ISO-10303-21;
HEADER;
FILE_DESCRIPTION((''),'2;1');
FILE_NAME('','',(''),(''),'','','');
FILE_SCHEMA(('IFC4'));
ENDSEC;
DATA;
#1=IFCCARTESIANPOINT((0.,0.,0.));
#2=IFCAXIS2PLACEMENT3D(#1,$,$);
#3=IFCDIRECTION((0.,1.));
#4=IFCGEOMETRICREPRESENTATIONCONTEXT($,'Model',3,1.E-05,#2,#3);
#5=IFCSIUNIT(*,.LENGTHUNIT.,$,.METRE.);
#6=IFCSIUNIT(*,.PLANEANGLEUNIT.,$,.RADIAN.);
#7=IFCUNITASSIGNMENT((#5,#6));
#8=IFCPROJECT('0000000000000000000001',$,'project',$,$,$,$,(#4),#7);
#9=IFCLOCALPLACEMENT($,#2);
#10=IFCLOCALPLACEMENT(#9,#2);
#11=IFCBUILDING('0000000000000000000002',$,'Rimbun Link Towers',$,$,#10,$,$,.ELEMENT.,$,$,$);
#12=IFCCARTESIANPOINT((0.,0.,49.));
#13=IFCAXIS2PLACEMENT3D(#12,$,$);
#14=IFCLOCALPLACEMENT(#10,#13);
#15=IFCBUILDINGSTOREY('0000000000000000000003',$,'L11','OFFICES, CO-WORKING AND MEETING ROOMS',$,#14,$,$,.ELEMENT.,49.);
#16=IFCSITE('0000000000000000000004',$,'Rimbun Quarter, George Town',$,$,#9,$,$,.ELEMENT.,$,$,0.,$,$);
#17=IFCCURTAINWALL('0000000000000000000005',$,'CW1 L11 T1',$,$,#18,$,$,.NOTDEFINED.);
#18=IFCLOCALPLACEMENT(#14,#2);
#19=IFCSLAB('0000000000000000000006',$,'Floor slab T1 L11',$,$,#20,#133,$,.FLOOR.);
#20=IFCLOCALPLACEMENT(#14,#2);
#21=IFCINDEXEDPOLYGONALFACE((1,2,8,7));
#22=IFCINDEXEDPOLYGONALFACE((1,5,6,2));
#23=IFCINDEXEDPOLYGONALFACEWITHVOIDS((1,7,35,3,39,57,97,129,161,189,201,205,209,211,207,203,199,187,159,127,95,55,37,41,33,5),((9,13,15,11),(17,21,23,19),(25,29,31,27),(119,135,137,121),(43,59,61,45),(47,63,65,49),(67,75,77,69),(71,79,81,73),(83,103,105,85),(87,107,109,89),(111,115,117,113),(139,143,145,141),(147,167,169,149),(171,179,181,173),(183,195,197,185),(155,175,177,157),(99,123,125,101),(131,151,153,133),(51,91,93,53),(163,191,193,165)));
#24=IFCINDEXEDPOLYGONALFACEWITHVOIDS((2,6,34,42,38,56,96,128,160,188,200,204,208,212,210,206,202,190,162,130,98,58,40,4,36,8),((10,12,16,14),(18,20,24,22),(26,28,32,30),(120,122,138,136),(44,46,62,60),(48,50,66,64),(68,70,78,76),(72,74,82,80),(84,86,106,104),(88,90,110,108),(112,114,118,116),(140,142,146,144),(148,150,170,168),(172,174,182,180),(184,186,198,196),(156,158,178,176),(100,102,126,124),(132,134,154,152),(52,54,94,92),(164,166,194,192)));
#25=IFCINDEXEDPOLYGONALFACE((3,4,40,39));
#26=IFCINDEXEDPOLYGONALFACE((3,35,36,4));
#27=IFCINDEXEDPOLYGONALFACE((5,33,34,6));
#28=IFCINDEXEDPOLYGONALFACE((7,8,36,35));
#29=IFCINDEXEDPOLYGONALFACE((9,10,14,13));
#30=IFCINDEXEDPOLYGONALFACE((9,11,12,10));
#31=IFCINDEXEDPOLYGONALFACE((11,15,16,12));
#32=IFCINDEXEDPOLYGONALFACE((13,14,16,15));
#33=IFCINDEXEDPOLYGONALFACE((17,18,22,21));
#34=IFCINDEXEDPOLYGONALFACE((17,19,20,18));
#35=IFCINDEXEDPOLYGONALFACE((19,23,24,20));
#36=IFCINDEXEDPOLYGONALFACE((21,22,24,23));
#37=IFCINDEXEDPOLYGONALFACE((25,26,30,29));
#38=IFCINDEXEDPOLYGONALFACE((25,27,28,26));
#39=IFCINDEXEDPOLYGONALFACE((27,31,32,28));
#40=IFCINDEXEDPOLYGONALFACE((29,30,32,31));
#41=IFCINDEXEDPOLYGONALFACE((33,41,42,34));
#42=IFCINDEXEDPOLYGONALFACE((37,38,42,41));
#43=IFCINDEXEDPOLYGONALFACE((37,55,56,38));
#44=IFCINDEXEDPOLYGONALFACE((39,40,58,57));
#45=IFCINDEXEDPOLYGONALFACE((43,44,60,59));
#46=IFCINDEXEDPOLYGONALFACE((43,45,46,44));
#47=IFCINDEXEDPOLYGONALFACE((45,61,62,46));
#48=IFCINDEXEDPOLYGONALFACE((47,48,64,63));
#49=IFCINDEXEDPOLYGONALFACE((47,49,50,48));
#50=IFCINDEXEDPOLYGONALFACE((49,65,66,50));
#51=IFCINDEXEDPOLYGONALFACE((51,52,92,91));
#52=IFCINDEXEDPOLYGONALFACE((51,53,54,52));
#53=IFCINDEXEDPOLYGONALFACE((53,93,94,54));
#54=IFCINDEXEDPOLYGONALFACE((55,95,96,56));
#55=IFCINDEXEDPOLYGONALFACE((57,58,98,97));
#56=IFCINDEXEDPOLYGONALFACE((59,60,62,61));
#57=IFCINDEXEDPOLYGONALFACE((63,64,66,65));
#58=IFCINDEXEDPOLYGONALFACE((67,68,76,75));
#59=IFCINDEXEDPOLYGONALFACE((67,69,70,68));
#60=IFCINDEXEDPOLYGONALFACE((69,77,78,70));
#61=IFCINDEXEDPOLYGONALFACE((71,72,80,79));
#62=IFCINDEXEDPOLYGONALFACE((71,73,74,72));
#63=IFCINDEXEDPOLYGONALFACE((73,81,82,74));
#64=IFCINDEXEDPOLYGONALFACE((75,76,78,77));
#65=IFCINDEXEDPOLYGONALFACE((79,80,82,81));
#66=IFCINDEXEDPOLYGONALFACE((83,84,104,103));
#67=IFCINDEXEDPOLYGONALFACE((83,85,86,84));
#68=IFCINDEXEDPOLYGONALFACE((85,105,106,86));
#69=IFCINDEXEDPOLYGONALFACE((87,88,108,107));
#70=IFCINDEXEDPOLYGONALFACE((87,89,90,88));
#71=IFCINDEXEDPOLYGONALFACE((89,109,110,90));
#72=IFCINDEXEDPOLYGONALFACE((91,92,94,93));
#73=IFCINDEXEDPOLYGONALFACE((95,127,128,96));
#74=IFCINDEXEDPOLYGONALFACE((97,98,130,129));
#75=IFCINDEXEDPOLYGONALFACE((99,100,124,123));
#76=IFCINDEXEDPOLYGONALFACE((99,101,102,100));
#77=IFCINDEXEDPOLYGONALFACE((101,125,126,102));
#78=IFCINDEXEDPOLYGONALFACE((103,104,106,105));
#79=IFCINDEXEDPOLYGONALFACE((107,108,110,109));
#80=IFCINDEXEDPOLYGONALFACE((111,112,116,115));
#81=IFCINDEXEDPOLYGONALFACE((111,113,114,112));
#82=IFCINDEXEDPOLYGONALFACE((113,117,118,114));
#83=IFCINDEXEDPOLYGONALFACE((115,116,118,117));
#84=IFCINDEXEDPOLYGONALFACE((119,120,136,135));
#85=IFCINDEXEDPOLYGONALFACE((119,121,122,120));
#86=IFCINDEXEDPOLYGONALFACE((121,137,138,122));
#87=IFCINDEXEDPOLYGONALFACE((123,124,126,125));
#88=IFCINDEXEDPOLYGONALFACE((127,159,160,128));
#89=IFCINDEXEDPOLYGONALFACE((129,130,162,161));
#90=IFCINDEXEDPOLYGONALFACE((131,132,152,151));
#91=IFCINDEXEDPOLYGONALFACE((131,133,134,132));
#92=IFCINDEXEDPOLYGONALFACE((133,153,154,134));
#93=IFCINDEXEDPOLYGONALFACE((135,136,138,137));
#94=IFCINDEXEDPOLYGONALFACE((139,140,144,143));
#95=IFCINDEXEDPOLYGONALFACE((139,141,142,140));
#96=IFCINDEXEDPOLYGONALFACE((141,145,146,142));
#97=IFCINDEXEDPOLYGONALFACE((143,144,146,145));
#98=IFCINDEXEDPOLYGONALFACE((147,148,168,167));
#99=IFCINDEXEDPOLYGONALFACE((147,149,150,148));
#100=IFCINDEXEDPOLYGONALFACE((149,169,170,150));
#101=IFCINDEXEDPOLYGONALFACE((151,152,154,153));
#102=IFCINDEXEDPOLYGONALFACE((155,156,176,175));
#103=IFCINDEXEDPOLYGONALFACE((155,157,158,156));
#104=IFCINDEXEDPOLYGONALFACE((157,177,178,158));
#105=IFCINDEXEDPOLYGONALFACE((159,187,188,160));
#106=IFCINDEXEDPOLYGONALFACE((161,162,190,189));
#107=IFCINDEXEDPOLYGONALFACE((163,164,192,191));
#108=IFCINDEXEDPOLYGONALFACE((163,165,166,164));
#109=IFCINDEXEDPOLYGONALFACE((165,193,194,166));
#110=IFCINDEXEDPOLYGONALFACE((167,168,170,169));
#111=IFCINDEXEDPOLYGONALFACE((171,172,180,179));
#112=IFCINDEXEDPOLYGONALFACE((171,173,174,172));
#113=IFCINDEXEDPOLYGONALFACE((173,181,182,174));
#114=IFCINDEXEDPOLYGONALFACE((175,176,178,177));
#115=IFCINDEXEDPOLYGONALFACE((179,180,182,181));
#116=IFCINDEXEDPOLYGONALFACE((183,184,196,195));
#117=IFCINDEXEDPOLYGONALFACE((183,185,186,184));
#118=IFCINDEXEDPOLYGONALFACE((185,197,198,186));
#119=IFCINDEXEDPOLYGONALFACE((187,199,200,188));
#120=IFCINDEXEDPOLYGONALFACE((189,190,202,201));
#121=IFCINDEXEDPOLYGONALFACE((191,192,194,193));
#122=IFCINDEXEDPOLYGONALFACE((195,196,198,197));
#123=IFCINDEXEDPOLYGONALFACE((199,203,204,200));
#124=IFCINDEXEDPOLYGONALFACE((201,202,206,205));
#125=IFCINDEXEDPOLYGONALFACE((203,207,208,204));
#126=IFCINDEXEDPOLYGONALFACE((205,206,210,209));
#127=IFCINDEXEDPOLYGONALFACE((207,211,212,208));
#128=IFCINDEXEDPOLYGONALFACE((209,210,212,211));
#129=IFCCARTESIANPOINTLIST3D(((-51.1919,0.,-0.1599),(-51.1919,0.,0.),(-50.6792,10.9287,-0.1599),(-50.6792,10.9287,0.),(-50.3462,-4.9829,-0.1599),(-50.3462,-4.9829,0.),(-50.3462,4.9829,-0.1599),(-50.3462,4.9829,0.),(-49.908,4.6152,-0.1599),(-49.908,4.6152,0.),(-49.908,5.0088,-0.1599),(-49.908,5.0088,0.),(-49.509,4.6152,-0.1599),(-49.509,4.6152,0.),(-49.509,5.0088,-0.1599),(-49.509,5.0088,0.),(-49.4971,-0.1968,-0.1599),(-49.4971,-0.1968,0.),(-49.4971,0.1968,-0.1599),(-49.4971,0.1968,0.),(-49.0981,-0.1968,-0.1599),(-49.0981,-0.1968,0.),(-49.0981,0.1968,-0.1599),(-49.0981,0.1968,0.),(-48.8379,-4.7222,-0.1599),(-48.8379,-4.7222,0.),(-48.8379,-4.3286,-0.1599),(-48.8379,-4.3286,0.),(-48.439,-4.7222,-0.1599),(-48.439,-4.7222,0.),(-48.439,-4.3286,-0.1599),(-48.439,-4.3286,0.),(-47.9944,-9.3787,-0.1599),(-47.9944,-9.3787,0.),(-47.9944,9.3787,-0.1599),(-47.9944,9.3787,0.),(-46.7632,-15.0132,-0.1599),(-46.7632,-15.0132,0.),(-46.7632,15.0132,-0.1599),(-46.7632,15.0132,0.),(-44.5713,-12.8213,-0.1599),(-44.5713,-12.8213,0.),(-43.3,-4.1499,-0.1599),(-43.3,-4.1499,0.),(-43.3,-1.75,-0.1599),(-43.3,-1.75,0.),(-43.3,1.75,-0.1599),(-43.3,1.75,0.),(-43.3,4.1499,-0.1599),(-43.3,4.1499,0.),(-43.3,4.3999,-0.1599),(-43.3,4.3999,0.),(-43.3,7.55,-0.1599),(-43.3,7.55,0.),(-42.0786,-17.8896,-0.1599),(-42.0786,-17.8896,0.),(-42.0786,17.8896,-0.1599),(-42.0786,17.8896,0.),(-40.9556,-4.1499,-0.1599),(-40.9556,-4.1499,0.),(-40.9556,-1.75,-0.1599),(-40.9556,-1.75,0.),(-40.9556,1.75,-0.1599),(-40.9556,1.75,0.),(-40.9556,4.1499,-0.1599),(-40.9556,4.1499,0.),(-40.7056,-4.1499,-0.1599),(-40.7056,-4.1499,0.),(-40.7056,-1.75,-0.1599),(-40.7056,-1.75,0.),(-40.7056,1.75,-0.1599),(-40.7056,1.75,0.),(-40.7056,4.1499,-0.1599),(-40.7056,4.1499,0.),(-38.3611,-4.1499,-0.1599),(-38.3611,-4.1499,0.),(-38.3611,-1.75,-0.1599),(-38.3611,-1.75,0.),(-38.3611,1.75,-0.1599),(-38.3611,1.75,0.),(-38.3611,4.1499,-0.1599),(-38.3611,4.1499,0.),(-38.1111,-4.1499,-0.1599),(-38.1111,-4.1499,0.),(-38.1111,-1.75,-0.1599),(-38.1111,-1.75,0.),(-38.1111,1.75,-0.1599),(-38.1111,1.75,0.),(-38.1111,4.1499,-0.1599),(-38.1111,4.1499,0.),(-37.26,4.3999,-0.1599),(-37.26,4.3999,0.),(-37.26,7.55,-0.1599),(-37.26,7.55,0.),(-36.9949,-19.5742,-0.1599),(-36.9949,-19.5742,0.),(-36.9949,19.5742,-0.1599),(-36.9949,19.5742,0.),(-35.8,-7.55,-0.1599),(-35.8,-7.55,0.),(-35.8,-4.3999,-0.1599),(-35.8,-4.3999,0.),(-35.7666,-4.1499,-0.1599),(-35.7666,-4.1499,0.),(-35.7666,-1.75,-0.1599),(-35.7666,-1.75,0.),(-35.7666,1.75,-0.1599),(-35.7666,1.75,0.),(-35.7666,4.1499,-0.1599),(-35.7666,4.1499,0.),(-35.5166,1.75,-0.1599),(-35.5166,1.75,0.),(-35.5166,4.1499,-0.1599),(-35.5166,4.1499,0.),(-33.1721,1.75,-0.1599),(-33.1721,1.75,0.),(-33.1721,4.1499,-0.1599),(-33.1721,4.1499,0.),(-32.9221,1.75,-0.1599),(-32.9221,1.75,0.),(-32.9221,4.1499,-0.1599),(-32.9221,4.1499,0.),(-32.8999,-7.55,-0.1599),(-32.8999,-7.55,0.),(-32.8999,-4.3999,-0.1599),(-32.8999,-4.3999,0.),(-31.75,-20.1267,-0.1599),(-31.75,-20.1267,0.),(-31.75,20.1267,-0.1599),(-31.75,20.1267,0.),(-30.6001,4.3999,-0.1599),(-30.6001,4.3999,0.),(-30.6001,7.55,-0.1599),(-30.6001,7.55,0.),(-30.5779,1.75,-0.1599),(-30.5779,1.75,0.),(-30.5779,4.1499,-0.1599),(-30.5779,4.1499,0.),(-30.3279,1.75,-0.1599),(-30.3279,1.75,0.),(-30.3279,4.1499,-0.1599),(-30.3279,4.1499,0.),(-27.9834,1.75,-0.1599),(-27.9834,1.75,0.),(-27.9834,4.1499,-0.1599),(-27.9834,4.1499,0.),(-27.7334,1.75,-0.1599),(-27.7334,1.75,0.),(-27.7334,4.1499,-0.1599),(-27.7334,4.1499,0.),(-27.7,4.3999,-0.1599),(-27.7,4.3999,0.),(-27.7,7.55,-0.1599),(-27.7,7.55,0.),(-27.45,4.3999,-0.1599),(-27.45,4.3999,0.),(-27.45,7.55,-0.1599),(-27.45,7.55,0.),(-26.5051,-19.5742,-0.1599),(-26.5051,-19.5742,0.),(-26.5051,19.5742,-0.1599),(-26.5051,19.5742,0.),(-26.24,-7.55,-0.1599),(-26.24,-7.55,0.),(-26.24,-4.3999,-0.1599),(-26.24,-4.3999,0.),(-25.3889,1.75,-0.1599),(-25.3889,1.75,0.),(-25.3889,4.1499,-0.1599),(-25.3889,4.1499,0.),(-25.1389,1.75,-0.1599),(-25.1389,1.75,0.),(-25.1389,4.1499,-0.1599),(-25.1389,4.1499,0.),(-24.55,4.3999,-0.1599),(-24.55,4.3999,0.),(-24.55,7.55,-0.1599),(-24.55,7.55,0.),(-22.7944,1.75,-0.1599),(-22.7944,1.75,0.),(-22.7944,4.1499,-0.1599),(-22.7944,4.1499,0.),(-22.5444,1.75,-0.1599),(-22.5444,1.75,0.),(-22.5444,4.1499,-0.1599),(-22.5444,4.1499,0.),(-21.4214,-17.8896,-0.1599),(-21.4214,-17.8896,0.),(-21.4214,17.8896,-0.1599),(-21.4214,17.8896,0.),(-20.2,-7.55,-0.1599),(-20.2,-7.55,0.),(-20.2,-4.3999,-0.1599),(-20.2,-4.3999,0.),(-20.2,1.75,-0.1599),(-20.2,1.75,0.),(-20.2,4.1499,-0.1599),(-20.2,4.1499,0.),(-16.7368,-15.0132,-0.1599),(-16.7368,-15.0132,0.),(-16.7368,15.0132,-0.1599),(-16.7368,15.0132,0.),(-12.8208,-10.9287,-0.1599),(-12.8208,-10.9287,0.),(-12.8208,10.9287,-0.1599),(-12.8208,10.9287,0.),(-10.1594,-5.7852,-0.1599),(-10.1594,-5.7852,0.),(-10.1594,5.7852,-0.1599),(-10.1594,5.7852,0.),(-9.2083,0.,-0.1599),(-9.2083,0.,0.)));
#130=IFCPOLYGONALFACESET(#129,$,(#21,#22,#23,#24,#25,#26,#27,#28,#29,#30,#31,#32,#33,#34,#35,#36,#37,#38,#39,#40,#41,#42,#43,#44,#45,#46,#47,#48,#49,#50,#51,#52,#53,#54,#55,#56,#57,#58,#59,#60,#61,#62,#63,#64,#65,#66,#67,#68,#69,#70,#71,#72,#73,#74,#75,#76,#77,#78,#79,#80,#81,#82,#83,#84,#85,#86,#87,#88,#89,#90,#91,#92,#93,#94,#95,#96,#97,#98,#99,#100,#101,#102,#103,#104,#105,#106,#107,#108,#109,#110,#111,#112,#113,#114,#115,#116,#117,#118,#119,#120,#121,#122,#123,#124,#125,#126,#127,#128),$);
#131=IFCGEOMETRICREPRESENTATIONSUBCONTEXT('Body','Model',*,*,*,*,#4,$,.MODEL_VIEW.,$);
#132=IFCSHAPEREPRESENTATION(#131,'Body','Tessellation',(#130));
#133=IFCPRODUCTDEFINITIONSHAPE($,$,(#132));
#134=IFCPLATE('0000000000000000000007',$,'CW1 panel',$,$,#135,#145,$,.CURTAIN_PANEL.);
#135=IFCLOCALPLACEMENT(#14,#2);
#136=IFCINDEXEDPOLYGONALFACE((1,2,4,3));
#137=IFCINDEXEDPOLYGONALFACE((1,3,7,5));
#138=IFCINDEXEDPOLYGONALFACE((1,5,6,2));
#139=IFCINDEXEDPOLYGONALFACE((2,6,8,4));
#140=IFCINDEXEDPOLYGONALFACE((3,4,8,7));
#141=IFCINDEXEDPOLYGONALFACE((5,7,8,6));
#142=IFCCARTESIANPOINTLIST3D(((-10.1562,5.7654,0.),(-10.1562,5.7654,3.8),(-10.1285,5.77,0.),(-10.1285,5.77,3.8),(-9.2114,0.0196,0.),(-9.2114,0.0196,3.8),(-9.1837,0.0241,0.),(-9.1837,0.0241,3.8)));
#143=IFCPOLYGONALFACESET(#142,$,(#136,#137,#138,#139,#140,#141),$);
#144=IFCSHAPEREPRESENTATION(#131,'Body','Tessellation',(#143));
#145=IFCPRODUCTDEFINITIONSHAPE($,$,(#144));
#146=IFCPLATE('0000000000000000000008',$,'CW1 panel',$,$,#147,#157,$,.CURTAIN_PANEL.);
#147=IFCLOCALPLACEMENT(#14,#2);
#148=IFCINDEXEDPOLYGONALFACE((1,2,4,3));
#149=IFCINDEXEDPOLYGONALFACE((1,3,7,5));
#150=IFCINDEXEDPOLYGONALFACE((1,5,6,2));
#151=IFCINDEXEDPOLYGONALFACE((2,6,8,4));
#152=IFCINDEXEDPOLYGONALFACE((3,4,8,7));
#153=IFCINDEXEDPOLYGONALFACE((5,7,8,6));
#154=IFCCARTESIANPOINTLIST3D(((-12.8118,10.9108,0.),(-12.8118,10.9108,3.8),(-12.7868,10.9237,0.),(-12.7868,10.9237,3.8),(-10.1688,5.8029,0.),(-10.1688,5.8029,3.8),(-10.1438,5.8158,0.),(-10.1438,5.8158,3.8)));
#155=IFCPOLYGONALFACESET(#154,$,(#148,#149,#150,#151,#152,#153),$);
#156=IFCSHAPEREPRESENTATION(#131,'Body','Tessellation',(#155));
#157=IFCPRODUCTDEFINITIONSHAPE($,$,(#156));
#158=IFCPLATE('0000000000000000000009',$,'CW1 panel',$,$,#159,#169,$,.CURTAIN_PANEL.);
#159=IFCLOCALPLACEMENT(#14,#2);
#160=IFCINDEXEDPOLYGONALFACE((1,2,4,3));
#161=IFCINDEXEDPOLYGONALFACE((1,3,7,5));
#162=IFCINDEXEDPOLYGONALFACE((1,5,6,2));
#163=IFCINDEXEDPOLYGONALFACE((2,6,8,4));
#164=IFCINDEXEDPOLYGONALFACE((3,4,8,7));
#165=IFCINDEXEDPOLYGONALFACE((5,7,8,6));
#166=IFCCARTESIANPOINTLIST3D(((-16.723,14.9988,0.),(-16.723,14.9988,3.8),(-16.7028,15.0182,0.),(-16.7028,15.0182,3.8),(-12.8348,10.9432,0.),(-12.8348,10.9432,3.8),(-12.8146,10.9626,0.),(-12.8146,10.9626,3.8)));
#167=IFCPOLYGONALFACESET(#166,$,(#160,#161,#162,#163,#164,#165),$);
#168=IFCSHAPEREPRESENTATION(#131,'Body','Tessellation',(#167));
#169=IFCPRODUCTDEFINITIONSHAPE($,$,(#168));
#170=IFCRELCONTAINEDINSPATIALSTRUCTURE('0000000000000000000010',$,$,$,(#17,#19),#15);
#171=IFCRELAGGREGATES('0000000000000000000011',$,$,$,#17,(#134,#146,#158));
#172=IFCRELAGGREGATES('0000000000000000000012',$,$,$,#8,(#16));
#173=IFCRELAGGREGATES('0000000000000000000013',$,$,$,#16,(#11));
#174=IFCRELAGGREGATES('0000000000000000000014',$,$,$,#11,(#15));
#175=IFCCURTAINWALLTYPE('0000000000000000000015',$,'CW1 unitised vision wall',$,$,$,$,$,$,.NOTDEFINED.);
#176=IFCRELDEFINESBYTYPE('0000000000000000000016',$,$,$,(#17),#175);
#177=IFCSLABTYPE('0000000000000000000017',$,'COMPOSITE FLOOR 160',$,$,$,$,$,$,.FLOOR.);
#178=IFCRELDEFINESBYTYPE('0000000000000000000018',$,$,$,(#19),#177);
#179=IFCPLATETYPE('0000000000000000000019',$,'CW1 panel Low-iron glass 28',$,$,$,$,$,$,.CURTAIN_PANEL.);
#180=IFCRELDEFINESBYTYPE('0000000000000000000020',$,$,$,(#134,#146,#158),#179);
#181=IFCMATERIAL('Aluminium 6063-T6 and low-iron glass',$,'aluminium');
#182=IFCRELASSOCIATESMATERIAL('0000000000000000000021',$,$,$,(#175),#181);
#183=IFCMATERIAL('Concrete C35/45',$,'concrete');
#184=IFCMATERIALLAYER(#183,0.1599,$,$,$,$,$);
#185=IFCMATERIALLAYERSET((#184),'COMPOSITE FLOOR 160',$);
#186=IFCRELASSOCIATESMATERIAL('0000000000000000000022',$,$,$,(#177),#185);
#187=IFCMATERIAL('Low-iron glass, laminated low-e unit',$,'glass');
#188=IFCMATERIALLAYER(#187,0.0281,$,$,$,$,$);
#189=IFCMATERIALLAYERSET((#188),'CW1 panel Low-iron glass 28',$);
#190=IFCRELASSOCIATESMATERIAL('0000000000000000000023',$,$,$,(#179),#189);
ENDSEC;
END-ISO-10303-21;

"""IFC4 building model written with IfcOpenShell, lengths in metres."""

from ifc_helpers import new_model, si_unit, direction, frame, origin, origin_2d, place, context, subcontext, project, spatial, polyline, rectangle, outline, extrude, material, layer, layer_set, type_object, element, aggregate, save


model = new_model("IFC4")

# Units and contexts
model_context = context("Model", 3, precision=1e-05, world=origin(), true_north=direction((0.0, 1.0)))
body_context = subcontext(model_context, "Body", "Model", "MODEL_VIEW")
ifc_project = project(units=[si_unit("LENGTHUNIT", "METRE"), si_unit("PLANEANGLEUNIT", "RADIAN")], contexts=[model_context])

# Site, building, storey
site_placement = place(None, origin())
site = spatial("IfcSite", under=ifc_project, at=site_placement, Name="Rimbun Quarter, George Town", CompositionType="ELEMENT", RefElevation=0.0)
building_placement = place(site_placement, origin())
building = spatial("IfcBuilding", under=site, at=building_placement, Name="Rimbun Link Towers", CompositionType="ELEMENT")
storey_placement = place(building_placement, frame((0.0, 0.0, 49.0)))
storey = spatial("IfcBuildingStorey", under=building, at=storey_placement, Name="L11", Description="OFFICES, CO-WORKING AND MEETING ROOMS", CompositionType="ELEMENT", Elevation=49.0)

# Curtain wall
ifc_material_1 = material(Name="Aluminium 6063-T6 and low-iron glass", Category="aluminium")
curtain_wall_type = type_object("IfcCurtainWallType", Name="CW1 unitised vision wall", PredefinedType="NOTDEFINED", material=ifc_material_1)
curtain_wall_placement = place(storey_placement, origin())
curtain_wall = element("IfcCurtainWall", 1, at=curtain_wall_placement, inside=storey, type_object=curtain_wall_type, Name="CW1 L11 T1", PredefinedType="NOTDEFINED")

# Slab
ifc_material_2 = material(Name="Concrete C35/45", Category="concrete")
ifc_layer_1 = layer(ifc_material_2, 0.1599)
ifc_layer_set_1 = layer_set([ifc_layer_1], Name="COMPOSITE FLOOR 160")
slab_type = type_object("IfcSlabType", Name="COMPOSITE FLOOR 160", PredefinedType="FLOOR", material=ifc_layer_set_1)
slab_placement = place(storey_placement, frame((0.0, 0.0, -0.1599)))
element("IfcSlab", 2, at=slab_placement, inside=storey, type_object=slab_type, Name="Floor slab T1 L11", PredefinedType="FLOOR", context=body_context, shape_type="SweptSolid", body=[
    extrude(outline(polyline([(-46.7632, 15.0132), (-42.0786, 17.8896), (-36.9949, 19.5742), (-31.75, 20.1267), (-26.5051, 19.5742), (-21.4214, 17.8896), (-16.7368, 15.0132), (-12.8208, 10.9287), (-10.1594, 5.7852), (-9.2083, 0.0), (-10.1594, -5.7852), (-12.8208, -10.9287), (-16.7368, -15.0132), (-21.4214, -17.8896), (-26.5051, -19.5742), (-31.75, -20.1267), (-36.9949, -19.5742), (-42.0786, -17.8896), (-46.7632, -15.0132), (-44.5713, -12.8213), (-47.9944, -9.3787), (-50.3462, -4.9829), (-51.1919, 0.0), (-50.3462, 4.9829), (-47.9944, 9.3787), (-50.6792, 10.9287), (-46.7632, 15.0132)]), holes=[polyline([(-48.439, -4.7222), (-48.439, -4.3286), (-48.8379, -4.3286), (-48.8379, -4.7222), (-48.439, -4.7222)]), polyline([(-40.9556, -4.1499), (-40.9556, -1.75), (-43.3, -1.75), (-43.3, -4.1499), (-40.9556, -4.1499)]), polyline([(-38.3611, -4.1499), (-38.3611, -1.75), (-40.7056, -1.75), (-40.7056, -4.1499), (-38.3611, -4.1499)]), polyline([(-38.1111, -4.1499), (-35.7666, -4.1499), (-35.7666, -1.75), (-38.1111, -1.75), (-38.1111, -4.1499)]), polyline([(-49.4971, -0.1968), (-49.0981, -0.1968), (-49.0981, 0.1968), (-49.4971, 0.1968), (-49.4971, -0.1968)]), polyline([(-40.9556, 1.75), (-40.9556, 4.1499), (-43.3, 4.1499), (-43.3, 1.75), (-40.9556, 1.75)]), polyline([(-38.3611, 1.75), (-38.3611, 4.1499), (-40.7056, 4.1499), (-40.7056, 1.75), (-38.3611, 1.75)]), polyline([(-35.7666, 1.75), (-35.7666, 4.1499), (-38.1111, 4.1499), (-38.1111, 1.75), (-35.7666, 1.75)]), polyline([(-49.908, 4.6152), (-49.509, 4.6152), (-49.509, 5.0088), (-49.908, 5.0088), (-49.908, 4.6152)]), polyline([(-43.3, 4.3999), (-37.26, 4.3999), (-37.26, 7.55), (-43.3, 7.55), (-43.3, 4.3999)]), polyline([(-32.8999, -7.55), (-32.8999, -4.3999), (-35.8, -4.3999), (-35.8, -7.55), (-32.8999, -7.55)]), polyline([(-20.2, -7.55), (-20.2, -4.3999), (-26.24, -4.3999), (-26.24, -7.55), (-20.2, -7.55)]), polyline([(-33.1721, 1.75), (-33.1721, 4.1499), (-35.5166, 4.1499), (-35.5166, 1.75), (-33.1721, 1.75)]), polyline([(-32.9221, 1.75), (-30.5779, 1.75), (-30.5779, 4.1499), (-32.9221, 4.1499), (-32.9221, 1.75)]), polyline([(-30.3279, 1.75), (-27.9834, 1.75), (-27.9834, 4.1499), (-30.3279, 4.1499), (-30.3279, 1.75)]), polyline([(-25.3889, 1.75), (-25.3889, 4.1499), (-27.7334, 4.1499), (-27.7334, 1.75), (-25.3889, 1.75)]), polyline([(-22.7944, 1.75), (-22.7944, 4.1499), (-25.1389, 4.1499), (-25.1389, 1.75), (-22.7944, 1.75)]), polyline([(-20.2, 1.75), (-20.2, 4.1499), (-22.5444, 4.1499), (-22.5444, 1.75), (-20.2, 1.75)]), polyline([(-30.6001, 4.3999), (-27.7, 4.3999), (-27.7, 7.55), (-30.6001, 7.55), (-30.6001, 4.3999)]), polyline([(-27.45, 4.3999), (-24.55, 4.3999), (-24.55, 7.55), (-27.45, 7.55), (-27.45, 4.3999)])]), origin(), (0.0, 0.0, 1.0), 0.1599),
])

# Plates
ifc_material_3 = material(Name="Low-iron glass, laminated low-e unit", Category="glass")
ifc_layer_2 = layer(ifc_material_3, 0.0281)
ifc_layer_set_2 = layer_set([ifc_layer_2], Name="CW1 panel Low-iron glass 28")
plate_type = type_object("IfcPlateType", Name="CW1 panel Low-iron glass 28", PredefinedType="CURTAIN_PANEL", material=ifc_layer_set_2)
plate_1_placement = place(storey_placement, frame((-9.6699, 2.8948, 0.0), z_axis=(0.0, 0.0, 1.0), x_axis=(0.162258, -0.986748, 0.0)))
plate_1 = element("IfcPlate", 3, at=plate_1_placement, type_object=plate_type, Name="CW1 panel", PredefinedType="CURTAIN_PANEL", context=body_context, shape_type="SweptSolid", body=[
    extrude(rectangle(XDim=5.823, YDim=0.0281, at=origin_2d()), origin(), (0.0, 0.0, 1.0), 3.8),
])
plate_2_placement = place(storey_placement, frame((-11.4778, 8.3633, 0.0), z_axis=(0.0, 0.0, 1.0), x_axis=(0.459555, -0.888149, 0.0)))
plate_2 = element("IfcPlate", 4, at=plate_2_placement, type_object=plate_type, Name="CW1 panel", PredefinedType="CURTAIN_PANEL", context=body_context, shape_type="SweptSolid", body=[
    extrude(rectangle(XDim=5.7512, YDim=0.0281, at=origin_2d()), origin(), (0.0, 0.0, 1.0), 3.8),
])
plate_3_placement = place(storey_placement, frame((-14.7688, 12.9807, 0.0), z_axis=(0.0, 0.0, 1.0), x_axis=(0.692052, -0.721848, 0.0)))
plate_3 = element("IfcPlate", 5, at=plate_3_placement, type_object=plate_type, Name="CW1 panel", PredefinedType="CURTAIN_PANEL", context=body_context, shape_type="SweptSolid", body=[
    extrude(rectangle(XDim=5.6184, YDim=0.0281, at=origin_2d()), origin(), (0.0, 0.0, 1.0), 3.8),
])
aggregate(curtain_wall, [plate_1, plate_2, plate_3])

save(model, "model.ifc")
